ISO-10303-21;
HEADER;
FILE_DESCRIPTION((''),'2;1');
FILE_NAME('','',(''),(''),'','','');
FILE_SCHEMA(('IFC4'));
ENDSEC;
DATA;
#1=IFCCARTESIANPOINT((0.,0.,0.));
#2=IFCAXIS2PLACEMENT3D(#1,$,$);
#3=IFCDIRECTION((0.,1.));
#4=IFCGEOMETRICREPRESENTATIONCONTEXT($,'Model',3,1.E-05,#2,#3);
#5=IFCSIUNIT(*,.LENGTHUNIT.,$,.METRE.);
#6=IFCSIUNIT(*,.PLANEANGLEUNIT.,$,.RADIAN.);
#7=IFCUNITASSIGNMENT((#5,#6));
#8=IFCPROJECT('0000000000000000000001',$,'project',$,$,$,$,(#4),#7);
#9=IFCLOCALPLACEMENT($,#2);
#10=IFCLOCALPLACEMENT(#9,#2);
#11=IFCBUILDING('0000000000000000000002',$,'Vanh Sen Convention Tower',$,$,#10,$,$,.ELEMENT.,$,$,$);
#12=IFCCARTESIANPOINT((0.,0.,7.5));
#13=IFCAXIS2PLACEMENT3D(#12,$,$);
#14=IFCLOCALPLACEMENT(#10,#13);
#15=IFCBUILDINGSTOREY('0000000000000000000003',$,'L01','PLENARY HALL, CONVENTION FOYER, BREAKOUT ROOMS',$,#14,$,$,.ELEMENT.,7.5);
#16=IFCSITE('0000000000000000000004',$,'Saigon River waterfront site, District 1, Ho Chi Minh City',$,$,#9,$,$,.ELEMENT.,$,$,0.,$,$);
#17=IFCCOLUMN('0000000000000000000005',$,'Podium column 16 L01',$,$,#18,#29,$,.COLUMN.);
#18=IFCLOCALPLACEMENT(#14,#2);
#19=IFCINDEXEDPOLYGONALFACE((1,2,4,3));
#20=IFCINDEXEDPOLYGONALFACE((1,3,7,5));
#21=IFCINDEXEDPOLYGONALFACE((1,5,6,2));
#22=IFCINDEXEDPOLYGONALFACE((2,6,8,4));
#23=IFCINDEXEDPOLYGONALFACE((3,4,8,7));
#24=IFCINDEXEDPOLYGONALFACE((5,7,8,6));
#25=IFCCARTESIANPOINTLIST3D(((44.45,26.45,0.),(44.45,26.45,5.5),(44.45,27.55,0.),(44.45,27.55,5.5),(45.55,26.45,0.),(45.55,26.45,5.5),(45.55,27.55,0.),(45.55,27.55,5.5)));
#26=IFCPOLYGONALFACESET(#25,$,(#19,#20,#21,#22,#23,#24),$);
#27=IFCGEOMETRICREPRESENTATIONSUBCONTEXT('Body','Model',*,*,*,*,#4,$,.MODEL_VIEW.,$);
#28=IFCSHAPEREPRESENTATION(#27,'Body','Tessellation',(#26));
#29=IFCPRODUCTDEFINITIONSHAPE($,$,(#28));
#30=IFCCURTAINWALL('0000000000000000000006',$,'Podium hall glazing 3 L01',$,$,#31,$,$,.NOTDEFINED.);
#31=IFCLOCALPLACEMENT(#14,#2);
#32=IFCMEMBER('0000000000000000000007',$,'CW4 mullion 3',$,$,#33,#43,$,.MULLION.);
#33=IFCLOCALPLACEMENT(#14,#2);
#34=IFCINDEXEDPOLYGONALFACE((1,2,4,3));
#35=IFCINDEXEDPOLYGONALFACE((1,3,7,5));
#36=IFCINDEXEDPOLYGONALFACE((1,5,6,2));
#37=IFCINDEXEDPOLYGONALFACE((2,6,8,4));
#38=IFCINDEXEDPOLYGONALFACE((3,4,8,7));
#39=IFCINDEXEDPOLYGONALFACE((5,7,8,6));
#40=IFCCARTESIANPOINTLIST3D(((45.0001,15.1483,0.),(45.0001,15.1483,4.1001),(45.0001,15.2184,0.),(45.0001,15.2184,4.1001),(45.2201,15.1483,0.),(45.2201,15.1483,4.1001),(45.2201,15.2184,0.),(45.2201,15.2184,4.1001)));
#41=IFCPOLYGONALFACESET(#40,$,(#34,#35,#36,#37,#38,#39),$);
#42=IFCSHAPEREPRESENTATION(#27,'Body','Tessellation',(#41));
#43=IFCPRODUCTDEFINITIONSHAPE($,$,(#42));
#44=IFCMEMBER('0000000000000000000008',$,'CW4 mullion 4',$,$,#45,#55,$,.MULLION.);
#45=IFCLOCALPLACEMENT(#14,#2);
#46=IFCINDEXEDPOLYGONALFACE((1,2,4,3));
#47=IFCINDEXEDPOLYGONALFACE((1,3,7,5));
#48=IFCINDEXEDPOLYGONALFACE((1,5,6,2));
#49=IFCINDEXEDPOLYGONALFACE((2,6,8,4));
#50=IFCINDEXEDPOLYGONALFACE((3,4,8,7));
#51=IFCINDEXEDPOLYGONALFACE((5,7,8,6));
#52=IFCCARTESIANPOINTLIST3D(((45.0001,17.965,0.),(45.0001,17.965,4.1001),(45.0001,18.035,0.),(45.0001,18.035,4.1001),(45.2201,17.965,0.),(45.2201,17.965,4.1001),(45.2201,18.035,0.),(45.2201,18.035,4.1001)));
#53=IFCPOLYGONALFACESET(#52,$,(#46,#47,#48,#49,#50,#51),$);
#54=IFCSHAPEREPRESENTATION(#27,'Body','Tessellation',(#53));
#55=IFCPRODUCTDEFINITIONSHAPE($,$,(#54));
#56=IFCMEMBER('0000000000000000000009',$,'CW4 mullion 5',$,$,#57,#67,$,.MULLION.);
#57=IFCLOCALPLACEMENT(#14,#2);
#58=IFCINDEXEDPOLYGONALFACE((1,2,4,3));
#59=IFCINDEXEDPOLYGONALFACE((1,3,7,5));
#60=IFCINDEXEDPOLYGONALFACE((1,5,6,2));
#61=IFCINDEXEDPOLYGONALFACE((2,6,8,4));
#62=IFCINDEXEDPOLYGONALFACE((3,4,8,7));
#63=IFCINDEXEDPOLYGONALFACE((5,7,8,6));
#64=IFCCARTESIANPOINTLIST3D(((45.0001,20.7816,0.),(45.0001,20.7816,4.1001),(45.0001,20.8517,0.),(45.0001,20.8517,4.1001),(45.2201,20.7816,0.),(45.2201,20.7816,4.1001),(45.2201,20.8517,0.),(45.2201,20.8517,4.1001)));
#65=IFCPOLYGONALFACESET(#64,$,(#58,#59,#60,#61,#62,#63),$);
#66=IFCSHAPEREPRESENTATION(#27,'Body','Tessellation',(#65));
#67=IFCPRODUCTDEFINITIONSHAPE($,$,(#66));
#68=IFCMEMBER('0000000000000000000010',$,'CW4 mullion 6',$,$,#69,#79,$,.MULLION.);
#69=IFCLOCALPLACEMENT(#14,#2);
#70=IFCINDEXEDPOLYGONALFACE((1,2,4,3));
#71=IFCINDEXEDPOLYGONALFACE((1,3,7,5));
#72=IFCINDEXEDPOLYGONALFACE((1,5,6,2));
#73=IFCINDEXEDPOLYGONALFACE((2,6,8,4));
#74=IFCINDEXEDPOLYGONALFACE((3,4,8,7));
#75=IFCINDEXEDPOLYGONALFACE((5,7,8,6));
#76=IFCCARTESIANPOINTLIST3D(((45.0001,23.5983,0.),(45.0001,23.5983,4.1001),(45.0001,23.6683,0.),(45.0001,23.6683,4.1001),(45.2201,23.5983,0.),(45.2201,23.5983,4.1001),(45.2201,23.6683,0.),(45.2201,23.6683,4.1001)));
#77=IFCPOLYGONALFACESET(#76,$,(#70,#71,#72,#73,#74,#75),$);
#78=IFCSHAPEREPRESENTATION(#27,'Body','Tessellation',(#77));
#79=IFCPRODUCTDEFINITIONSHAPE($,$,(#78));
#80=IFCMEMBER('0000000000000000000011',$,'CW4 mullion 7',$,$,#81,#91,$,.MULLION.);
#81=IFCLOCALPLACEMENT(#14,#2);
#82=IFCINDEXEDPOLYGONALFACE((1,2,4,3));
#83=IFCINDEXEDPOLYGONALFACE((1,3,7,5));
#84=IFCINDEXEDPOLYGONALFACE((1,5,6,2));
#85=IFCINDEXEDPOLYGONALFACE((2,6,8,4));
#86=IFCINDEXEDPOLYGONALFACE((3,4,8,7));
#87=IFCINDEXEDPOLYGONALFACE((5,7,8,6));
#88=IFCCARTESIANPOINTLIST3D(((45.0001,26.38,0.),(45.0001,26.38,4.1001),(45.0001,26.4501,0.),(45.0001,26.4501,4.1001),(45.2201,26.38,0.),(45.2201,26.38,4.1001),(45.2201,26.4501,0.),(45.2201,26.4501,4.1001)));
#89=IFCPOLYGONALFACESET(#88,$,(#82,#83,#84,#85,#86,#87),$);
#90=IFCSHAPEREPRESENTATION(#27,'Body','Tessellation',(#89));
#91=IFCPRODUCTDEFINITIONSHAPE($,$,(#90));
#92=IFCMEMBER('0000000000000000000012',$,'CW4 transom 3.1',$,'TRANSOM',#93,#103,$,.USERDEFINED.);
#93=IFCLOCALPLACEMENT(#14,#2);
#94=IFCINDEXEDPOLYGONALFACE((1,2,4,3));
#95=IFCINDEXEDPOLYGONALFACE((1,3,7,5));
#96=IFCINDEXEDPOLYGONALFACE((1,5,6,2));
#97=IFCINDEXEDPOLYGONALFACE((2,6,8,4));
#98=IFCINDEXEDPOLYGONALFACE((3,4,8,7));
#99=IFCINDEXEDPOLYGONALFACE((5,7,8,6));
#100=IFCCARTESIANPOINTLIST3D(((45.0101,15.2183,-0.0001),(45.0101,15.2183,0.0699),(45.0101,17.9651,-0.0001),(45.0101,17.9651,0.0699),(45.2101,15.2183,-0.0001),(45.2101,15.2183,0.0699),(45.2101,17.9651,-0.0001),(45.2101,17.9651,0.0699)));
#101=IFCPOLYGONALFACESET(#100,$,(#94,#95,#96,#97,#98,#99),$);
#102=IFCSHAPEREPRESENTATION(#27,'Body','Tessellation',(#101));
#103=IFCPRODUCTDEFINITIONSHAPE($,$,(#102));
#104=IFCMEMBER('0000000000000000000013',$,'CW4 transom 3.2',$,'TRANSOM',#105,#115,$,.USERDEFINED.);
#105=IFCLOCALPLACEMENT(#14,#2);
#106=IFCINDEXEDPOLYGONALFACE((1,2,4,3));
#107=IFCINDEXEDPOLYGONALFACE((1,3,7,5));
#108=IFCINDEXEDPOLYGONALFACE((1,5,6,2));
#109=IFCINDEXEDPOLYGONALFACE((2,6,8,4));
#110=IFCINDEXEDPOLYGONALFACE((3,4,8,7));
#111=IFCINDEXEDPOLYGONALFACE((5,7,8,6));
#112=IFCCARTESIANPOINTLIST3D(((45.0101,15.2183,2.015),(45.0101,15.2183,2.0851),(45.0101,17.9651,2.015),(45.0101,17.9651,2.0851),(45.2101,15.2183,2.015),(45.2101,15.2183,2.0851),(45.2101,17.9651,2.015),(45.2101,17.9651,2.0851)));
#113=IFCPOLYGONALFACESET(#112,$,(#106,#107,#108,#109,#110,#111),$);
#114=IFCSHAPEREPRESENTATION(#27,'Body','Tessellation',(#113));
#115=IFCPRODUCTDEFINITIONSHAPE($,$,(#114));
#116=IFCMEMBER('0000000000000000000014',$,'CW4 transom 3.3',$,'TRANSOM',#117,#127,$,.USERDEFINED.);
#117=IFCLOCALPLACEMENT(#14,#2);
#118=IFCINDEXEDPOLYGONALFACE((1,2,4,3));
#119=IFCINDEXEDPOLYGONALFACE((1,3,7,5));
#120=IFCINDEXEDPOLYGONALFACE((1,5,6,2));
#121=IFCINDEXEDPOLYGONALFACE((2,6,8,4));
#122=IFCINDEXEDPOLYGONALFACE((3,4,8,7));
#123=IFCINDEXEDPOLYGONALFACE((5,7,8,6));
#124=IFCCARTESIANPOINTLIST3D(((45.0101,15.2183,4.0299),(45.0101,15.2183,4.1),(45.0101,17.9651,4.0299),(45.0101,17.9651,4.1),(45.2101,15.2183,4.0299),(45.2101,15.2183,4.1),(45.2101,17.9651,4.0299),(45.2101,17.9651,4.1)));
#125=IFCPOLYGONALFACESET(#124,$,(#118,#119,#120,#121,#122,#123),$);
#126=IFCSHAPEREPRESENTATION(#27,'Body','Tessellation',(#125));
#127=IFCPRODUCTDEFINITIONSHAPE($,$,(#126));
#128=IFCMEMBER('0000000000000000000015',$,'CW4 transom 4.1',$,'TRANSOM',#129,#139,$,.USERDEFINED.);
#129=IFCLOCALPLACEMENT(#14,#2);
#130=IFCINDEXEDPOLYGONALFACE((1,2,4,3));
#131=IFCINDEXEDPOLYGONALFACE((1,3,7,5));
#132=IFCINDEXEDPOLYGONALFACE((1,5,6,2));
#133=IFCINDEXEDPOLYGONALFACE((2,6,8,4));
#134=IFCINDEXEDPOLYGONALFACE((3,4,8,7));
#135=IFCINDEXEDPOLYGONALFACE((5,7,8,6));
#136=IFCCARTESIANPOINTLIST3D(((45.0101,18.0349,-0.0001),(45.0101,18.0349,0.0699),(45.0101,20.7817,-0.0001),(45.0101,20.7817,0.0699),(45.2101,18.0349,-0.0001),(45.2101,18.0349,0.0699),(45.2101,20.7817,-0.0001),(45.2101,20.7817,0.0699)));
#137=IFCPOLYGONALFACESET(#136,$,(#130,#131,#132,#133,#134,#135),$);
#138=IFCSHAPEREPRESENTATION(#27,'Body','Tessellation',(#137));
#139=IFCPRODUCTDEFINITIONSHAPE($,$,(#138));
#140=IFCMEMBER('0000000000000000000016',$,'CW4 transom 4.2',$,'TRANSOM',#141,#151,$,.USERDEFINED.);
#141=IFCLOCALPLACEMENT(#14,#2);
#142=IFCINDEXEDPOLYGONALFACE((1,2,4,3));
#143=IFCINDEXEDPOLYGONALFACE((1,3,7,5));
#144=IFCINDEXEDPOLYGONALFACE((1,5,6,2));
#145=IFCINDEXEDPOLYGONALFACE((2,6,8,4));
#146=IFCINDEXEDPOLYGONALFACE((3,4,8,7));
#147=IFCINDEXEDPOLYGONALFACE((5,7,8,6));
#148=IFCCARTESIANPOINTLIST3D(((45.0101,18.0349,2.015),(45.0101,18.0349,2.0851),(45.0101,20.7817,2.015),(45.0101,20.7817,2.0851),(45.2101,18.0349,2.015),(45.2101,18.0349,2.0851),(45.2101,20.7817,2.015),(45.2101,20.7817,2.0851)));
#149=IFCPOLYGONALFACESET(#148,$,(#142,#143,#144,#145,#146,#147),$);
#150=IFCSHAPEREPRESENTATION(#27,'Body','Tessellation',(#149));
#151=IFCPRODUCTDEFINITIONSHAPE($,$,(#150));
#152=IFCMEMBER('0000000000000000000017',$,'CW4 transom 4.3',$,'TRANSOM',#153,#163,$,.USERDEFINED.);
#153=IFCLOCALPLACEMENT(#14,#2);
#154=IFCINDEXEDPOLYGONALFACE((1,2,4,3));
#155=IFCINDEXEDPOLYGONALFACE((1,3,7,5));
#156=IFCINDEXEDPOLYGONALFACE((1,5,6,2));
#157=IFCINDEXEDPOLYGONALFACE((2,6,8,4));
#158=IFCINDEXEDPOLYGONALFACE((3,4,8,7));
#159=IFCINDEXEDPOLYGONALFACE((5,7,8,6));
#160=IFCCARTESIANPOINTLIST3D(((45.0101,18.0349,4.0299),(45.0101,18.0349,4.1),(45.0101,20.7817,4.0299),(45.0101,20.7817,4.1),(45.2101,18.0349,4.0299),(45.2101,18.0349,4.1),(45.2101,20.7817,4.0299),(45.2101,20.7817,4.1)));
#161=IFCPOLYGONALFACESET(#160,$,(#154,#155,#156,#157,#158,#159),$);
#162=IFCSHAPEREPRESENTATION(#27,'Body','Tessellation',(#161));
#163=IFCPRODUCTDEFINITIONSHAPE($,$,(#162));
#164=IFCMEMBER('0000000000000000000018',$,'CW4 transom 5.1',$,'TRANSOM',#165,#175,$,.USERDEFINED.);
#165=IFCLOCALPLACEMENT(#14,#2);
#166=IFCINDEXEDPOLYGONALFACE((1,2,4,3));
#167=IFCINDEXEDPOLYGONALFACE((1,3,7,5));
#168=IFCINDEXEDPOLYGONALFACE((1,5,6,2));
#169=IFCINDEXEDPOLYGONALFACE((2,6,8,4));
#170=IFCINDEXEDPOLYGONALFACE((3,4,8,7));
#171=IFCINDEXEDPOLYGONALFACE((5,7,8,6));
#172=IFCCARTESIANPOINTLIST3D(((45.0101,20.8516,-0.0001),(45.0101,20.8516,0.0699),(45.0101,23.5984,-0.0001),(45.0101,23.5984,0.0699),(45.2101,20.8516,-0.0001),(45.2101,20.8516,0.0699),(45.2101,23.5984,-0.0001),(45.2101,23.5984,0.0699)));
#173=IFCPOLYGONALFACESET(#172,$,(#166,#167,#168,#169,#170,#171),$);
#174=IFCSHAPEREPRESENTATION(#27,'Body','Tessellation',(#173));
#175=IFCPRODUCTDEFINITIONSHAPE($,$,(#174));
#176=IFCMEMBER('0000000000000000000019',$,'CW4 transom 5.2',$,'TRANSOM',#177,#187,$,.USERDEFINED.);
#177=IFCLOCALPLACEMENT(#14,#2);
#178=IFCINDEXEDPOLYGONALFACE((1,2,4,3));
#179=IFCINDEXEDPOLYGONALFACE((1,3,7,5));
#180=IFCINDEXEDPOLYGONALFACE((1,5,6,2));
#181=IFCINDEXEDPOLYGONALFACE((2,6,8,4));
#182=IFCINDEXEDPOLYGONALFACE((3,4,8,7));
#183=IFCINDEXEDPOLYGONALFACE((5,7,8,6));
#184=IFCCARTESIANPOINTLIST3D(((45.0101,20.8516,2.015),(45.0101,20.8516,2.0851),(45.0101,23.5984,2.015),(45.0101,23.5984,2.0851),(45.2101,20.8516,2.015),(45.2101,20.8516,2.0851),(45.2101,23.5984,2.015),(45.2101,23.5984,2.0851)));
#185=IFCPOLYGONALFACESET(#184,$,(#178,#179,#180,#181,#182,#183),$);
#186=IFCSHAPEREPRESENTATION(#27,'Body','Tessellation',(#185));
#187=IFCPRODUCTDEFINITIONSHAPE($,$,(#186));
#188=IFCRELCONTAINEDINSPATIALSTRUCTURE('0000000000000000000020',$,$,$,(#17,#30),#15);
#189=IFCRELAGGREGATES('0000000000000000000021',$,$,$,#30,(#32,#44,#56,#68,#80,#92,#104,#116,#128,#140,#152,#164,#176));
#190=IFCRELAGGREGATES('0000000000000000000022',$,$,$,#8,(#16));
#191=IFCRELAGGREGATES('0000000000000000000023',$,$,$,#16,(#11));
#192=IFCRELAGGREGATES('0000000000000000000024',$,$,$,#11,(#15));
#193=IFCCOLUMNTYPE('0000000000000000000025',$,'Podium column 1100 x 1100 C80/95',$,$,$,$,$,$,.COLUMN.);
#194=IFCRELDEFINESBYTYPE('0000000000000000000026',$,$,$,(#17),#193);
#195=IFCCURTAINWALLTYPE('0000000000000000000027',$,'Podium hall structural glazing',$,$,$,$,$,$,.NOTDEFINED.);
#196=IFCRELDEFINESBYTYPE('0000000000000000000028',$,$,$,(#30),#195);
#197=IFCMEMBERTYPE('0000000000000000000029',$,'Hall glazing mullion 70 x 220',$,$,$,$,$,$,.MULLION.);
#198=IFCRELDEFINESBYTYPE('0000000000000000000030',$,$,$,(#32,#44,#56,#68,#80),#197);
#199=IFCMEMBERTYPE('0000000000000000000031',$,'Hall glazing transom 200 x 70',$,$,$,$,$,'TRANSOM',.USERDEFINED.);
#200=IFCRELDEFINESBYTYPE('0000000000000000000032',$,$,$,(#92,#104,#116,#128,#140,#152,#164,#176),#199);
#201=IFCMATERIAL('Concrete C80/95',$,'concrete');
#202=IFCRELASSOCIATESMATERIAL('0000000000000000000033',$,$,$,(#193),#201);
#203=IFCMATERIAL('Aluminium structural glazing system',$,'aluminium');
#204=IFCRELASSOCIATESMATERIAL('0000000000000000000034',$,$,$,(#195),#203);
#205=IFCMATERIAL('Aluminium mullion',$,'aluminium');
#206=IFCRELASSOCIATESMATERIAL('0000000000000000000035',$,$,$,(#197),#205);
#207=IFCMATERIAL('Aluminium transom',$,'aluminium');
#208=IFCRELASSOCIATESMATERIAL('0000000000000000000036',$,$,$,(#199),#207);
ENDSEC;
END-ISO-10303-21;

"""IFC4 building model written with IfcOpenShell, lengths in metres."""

from ifc_helpers import new_model, si_unit, direction, frame, origin, origin_2d, place, context, subcontext, project, spatial, rectangle, extrude, material, material_profile, profile_set, type_object, element, aggregate, save


model = new_model("IFC4")

# Units and contexts
model_context = context("Model", 3, precision=1e-05, world=origin(), true_north=direction((0.0, 1.0)))
body_context = subcontext(model_context, "Body", "Model", "MODEL_VIEW")
ifc_project = project(units=[si_unit("LENGTHUNIT", "METRE"), si_unit("PLANEANGLEUNIT", "RADIAN")], contexts=[model_context])

# Site, building, storey
site_placement = place(None, origin())
site = spatial("IfcSite", under=ifc_project, at=site_placement, Name="Saigon River waterfront site, District 1, Ho Chi Minh City", CompositionType="ELEMENT", RefElevation=0.0)
building_placement = place(site_placement, origin())
building = spatial("IfcBuilding", under=site, at=building_placement, Name="Vanh Sen Convention Tower", CompositionType="ELEMENT")
storey_placement = place(building_placement, frame((0.0, 0.0, 7.5)))
storey = spatial("IfcBuildingStorey", under=building, at=storey_placement, Name="L01", Description="PLENARY HALL, CONVENTION FOYER, BREAKOUT ROOMS", CompositionType="ELEMENT", Elevation=7.5)

# Column
ifc_material_1 = material(Name="Concrete C80/95", Category="concrete")
ifc_material_profile_1 = material_profile(ifc_material_1, rectangle(XDim=1.1001, YDim=1.1001, at=origin_2d()), Name="RC 1100X1100")
ifc_profile_set_1 = profile_set([ifc_material_profile_1], Name="Concrete C80/95")
column_type = type_object("IfcColumnType", Name="Podium column 1100 x 1100 C80/95", PredefinedType="COLUMN", material=ifc_profile_set_1)
column_placement = place(storey_placement, frame((45.0, 27.0, 0.0), z_axis=(0.0, 0.0, 1.0), x_axis=(1.0, 0.0, 0.0)))
element("IfcColumn", 1, at=column_placement, inside=storey, type_object=column_type, Name="Podium column 16 L01", PredefinedType="COLUMN", context=body_context, shape_type="SweptSolid", body=[
    extrude(rectangle(XDim=1.1001, YDim=1.1001, at=origin_2d()), origin(), (0.0, 0.0, 1.0), 5.5),
])

# Curtain wall, members
ifc_material_2 = material(Name="Aluminium structural glazing system", Category="aluminium")
curtain_wall_type = type_object("IfcCurtainWallType", Name="Podium hall structural glazing", PredefinedType="NOTDEFINED", material=ifc_material_2)
curtain_wall_placement = place(storey_placement, origin())
curtain_wall = element("IfcCurtainWall", 2, at=curtain_wall_placement, inside=storey, type_object=curtain_wall_type, Name="Podium hall glazing 3 L01", PredefinedType="NOTDEFINED")
ifc_material_3 = material(Name="Aluminium mullion", Category="aluminium")
ifc_material_profile_2 = material_profile(ifc_material_3, rectangle(XDim=0.22, YDim=0.0701, at=origin_2d()), Name="Hall glazing mullion 70 x 220")
ifc_profile_set_2 = profile_set([ifc_material_profile_2], Name="Aluminium mullion")
member_type_1 = type_object("IfcMemberType", Name="Hall glazing mullion 70 x 220", PredefinedType="MULLION", material=ifc_profile_set_2)
member_1_placement = place(storey_placement, frame((45.1101, 15.1833, 0.0), z_axis=(0.0, 0.0, 1.0), x_axis=(-1.0, 0.0, 0.0)))
member_1 = element("IfcMember", 3, at=member_1_placement, type_object=member_type_1, Name="CW4 mullion 3", PredefinedType="MULLION", context=body_context, shape_type="SweptSolid", body=[
    extrude(rectangle(XDim=0.22, YDim=0.0701, at=origin_2d()), origin(), (0.0, 0.0, 1.0), 4.1001),
])
member_2_placement = place(storey_placement, frame((45.1101, 18.0, 0.0), z_axis=(0.0, 0.0, 1.0), x_axis=(-1.0, 0.0, 0.0)))
member_2 = element("IfcMember", 4, at=member_2_placement, type_object=member_type_1, Name="CW4 mullion 4", PredefinedType="MULLION", context=body_context, shape_type="SweptSolid", body=[
    extrude(rectangle(XDim=0.22, YDim=0.0701, at=origin_2d()), origin(), (0.0, 0.0, 1.0), 4.1001),
])
member_3_placement = place(storey_placement, frame((45.1101, 20.8167, 0.0), z_axis=(0.0, 0.0, 1.0), x_axis=(-1.0, 0.0, 0.0)))
member_3 = element("IfcMember", 5, at=member_3_placement, type_object=member_type_1, Name="CW4 mullion 5", PredefinedType="MULLION", context=body_context, shape_type="SweptSolid", body=[
    extrude(rectangle(XDim=0.22, YDim=0.0701, at=origin_2d()), origin(), (0.0, 0.0, 1.0), 4.1001),
])
member_4_placement = place(storey_placement, frame((45.1101, 23.6333, 0.0), z_axis=(0.0, 0.0, 1.0), x_axis=(-1.0, 0.0, 0.0)))
member_4 = element("IfcMember", 6, at=member_4_placement, type_object=member_type_1, Name="CW4 mullion 6", PredefinedType="MULLION", context=body_context, shape_type="SweptSolid", body=[
    extrude(rectangle(XDim=0.22, YDim=0.0701, at=origin_2d()), origin(), (0.0, 0.0, 1.0), 4.1001),
])
member_5_placement = place(storey_placement, frame((45.1101, 26.415, 0.0), z_axis=(0.0, 0.0, 1.0), x_axis=(-1.0, 0.0, 0.0)))
member_5 = element("IfcMember", 7, at=member_5_placement, type_object=member_type_1, Name="CW4 mullion 7", PredefinedType="MULLION", context=body_context, shape_type="SweptSolid", body=[
    extrude(rectangle(XDim=0.22, YDim=0.0701, at=origin_2d()), origin(), (0.0, 0.0, 1.0), 4.1001),
])
ifc_material_4 = material(Name="Aluminium transom", Category="aluminium")
ifc_material_profile_3 = material_profile(ifc_material_4, rectangle(XDim=0.2, YDim=0.0701, at=origin_2d()), Name="Hall glazing transom 200 x 70")
ifc_profile_set_3 = profile_set([ifc_material_profile_3], Name="Aluminium transom")
member_type_2 = type_object("IfcMemberType", Name="Hall glazing transom 200 x 70", ElementType="TRANSOM", PredefinedType="USERDEFINED", material=ifc_profile_set_3)
member_6_placement = place(storey_placement, frame((45.1101, 15.2183, 0.0349), z_axis=(0.0, 1.0, 0.0), x_axis=(-1.0, 0.0, 0.0)))
member_6 = element("IfcMember", 8, at=member_6_placement, type_object=member_type_2, Name="CW4 transom 3.1", ObjectType="TRANSOM", PredefinedType="USERDEFINED", context=body_context, shape_type="SweptSolid", body=[
    extrude(rectangle(XDim=0.2, YDim=0.0701, at=origin_2d()), origin(), (0.0, 0.0, 1.0), 2.7468),
])
member_7_placement = place(storey_placement, frame((45.1101, 15.2183, 2.05), z_axis=(0.0, 1.0, 0.0), x_axis=(-1.0, 0.0, 0.0)))
member_7 = element("IfcMember", 9, at=member_7_placement, type_object=member_type_2, Name="CW4 transom 3.2", ObjectType="TRANSOM", PredefinedType="USERDEFINED", context=body_context, shape_type="SweptSolid", body=[
    extrude(rectangle(XDim=0.2, YDim=0.0701, at=origin_2d()), origin(), (0.0, 0.0, 1.0), 2.7468),
])
member_8_placement = place(storey_placement, frame((45.1101, 15.2183, 4.0649), z_axis=(0.0, 1.0, 0.0), x_axis=(-1.0, 0.0, 0.0)))
member_8 = element("IfcMember", 10, at=member_8_placement, type_object=member_type_2, Name="CW4 transom 3.3", ObjectType="TRANSOM", PredefinedType="USERDEFINED", context=body_context, shape_type="SweptSolid", body=[
    extrude(rectangle(XDim=0.2, YDim=0.0701, at=origin_2d()), origin(), (0.0, 0.0, 1.0), 2.7468),
])
member_9_placement = place(storey_placement, frame((45.1101, 18.0349, 0.0349), z_axis=(0.0, 1.0, 0.0), x_axis=(-1.0, 0.0, 0.0)))
member_9 = element("IfcMember", 11, at=member_9_placement, type_object=member_type_2, Name="CW4 transom 4.1", ObjectType="TRANSOM", PredefinedType="USERDEFINED", context=body_context, shape_type="SweptSolid", body=[
    extrude(rectangle(XDim=0.2, YDim=0.0701, at=origin_2d()), origin(), (0.0, 0.0, 1.0), 2.7468),
])
member_10_placement = place(storey_placement, frame((45.1101, 18.0349, 2.05), z_axis=(0.0, 1.0, 0.0), x_axis=(-1.0, 0.0, 0.0)))
member_10 = element("IfcMember", 12, at=member_10_placement, type_object=member_type_2, Name="CW4 transom 4.2", ObjectType="TRANSOM", PredefinedType="USERDEFINED", context=body_context, shape_type="SweptSolid", body=[
    extrude(rectangle(XDim=0.2, YDim=0.0701, at=origin_2d()), origin(), (0.0, 0.0, 1.0), 2.7468),
])
member_11_placement = place(storey_placement, frame((45.1101, 18.0349, 4.0649), z_axis=(0.0, 1.0, 0.0), x_axis=(-1.0, 0.0, 0.0)))
member_11 = element("IfcMember", 13, at=member_11_placement, type_object=member_type_2, Name="CW4 transom 4.3", ObjectType="TRANSOM", PredefinedType="USERDEFINED", context=body_context, shape_type="SweptSolid", body=[
    extrude(rectangle(XDim=0.2, YDim=0.0701, at=origin_2d()), origin(), (0.0, 0.0, 1.0), 2.7468),
])
member_12_placement = place(storey_placement, frame((45.1101, 20.8516, 0.0349), z_axis=(0.0, 1.0, 0.0), x_axis=(-1.0, 0.0, 0.0)))
member_12 = element("IfcMember", 14, at=member_12_placement, type_object=member_type_2, Name="CW4 transom 5.1", ObjectType="TRANSOM", PredefinedType="USERDEFINED", context=body_context, shape_type="SweptSolid", body=[
    extrude(rectangle(XDim=0.2, YDim=0.0701, at=origin_2d()), origin(), (0.0, 0.0, 1.0), 2.7468),
])
member_13_placement = place(storey_placement, frame((45.1101, 20.8516, 2.05), z_axis=(0.0, 1.0, 0.0), x_axis=(-1.0, 0.0, 0.0)))
member_13 = element("IfcMember", 15, at=member_13_placement, type_object=member_type_2, Name="CW4 transom 5.2", ObjectType="TRANSOM", PredefinedType="USERDEFINED", context=body_context, shape_type="SweptSolid", body=[
    extrude(rectangle(XDim=0.2, YDim=0.0701, at=origin_2d()), origin(), (0.0, 0.0, 1.0), 2.7468),
])
aggregate(curtain_wall, [member_1, member_2, member_3, member_4, member_5, member_6, member_7, member_8, member_9, member_10, member_11, member_12, member_13])

save(model, "model.ifc")
